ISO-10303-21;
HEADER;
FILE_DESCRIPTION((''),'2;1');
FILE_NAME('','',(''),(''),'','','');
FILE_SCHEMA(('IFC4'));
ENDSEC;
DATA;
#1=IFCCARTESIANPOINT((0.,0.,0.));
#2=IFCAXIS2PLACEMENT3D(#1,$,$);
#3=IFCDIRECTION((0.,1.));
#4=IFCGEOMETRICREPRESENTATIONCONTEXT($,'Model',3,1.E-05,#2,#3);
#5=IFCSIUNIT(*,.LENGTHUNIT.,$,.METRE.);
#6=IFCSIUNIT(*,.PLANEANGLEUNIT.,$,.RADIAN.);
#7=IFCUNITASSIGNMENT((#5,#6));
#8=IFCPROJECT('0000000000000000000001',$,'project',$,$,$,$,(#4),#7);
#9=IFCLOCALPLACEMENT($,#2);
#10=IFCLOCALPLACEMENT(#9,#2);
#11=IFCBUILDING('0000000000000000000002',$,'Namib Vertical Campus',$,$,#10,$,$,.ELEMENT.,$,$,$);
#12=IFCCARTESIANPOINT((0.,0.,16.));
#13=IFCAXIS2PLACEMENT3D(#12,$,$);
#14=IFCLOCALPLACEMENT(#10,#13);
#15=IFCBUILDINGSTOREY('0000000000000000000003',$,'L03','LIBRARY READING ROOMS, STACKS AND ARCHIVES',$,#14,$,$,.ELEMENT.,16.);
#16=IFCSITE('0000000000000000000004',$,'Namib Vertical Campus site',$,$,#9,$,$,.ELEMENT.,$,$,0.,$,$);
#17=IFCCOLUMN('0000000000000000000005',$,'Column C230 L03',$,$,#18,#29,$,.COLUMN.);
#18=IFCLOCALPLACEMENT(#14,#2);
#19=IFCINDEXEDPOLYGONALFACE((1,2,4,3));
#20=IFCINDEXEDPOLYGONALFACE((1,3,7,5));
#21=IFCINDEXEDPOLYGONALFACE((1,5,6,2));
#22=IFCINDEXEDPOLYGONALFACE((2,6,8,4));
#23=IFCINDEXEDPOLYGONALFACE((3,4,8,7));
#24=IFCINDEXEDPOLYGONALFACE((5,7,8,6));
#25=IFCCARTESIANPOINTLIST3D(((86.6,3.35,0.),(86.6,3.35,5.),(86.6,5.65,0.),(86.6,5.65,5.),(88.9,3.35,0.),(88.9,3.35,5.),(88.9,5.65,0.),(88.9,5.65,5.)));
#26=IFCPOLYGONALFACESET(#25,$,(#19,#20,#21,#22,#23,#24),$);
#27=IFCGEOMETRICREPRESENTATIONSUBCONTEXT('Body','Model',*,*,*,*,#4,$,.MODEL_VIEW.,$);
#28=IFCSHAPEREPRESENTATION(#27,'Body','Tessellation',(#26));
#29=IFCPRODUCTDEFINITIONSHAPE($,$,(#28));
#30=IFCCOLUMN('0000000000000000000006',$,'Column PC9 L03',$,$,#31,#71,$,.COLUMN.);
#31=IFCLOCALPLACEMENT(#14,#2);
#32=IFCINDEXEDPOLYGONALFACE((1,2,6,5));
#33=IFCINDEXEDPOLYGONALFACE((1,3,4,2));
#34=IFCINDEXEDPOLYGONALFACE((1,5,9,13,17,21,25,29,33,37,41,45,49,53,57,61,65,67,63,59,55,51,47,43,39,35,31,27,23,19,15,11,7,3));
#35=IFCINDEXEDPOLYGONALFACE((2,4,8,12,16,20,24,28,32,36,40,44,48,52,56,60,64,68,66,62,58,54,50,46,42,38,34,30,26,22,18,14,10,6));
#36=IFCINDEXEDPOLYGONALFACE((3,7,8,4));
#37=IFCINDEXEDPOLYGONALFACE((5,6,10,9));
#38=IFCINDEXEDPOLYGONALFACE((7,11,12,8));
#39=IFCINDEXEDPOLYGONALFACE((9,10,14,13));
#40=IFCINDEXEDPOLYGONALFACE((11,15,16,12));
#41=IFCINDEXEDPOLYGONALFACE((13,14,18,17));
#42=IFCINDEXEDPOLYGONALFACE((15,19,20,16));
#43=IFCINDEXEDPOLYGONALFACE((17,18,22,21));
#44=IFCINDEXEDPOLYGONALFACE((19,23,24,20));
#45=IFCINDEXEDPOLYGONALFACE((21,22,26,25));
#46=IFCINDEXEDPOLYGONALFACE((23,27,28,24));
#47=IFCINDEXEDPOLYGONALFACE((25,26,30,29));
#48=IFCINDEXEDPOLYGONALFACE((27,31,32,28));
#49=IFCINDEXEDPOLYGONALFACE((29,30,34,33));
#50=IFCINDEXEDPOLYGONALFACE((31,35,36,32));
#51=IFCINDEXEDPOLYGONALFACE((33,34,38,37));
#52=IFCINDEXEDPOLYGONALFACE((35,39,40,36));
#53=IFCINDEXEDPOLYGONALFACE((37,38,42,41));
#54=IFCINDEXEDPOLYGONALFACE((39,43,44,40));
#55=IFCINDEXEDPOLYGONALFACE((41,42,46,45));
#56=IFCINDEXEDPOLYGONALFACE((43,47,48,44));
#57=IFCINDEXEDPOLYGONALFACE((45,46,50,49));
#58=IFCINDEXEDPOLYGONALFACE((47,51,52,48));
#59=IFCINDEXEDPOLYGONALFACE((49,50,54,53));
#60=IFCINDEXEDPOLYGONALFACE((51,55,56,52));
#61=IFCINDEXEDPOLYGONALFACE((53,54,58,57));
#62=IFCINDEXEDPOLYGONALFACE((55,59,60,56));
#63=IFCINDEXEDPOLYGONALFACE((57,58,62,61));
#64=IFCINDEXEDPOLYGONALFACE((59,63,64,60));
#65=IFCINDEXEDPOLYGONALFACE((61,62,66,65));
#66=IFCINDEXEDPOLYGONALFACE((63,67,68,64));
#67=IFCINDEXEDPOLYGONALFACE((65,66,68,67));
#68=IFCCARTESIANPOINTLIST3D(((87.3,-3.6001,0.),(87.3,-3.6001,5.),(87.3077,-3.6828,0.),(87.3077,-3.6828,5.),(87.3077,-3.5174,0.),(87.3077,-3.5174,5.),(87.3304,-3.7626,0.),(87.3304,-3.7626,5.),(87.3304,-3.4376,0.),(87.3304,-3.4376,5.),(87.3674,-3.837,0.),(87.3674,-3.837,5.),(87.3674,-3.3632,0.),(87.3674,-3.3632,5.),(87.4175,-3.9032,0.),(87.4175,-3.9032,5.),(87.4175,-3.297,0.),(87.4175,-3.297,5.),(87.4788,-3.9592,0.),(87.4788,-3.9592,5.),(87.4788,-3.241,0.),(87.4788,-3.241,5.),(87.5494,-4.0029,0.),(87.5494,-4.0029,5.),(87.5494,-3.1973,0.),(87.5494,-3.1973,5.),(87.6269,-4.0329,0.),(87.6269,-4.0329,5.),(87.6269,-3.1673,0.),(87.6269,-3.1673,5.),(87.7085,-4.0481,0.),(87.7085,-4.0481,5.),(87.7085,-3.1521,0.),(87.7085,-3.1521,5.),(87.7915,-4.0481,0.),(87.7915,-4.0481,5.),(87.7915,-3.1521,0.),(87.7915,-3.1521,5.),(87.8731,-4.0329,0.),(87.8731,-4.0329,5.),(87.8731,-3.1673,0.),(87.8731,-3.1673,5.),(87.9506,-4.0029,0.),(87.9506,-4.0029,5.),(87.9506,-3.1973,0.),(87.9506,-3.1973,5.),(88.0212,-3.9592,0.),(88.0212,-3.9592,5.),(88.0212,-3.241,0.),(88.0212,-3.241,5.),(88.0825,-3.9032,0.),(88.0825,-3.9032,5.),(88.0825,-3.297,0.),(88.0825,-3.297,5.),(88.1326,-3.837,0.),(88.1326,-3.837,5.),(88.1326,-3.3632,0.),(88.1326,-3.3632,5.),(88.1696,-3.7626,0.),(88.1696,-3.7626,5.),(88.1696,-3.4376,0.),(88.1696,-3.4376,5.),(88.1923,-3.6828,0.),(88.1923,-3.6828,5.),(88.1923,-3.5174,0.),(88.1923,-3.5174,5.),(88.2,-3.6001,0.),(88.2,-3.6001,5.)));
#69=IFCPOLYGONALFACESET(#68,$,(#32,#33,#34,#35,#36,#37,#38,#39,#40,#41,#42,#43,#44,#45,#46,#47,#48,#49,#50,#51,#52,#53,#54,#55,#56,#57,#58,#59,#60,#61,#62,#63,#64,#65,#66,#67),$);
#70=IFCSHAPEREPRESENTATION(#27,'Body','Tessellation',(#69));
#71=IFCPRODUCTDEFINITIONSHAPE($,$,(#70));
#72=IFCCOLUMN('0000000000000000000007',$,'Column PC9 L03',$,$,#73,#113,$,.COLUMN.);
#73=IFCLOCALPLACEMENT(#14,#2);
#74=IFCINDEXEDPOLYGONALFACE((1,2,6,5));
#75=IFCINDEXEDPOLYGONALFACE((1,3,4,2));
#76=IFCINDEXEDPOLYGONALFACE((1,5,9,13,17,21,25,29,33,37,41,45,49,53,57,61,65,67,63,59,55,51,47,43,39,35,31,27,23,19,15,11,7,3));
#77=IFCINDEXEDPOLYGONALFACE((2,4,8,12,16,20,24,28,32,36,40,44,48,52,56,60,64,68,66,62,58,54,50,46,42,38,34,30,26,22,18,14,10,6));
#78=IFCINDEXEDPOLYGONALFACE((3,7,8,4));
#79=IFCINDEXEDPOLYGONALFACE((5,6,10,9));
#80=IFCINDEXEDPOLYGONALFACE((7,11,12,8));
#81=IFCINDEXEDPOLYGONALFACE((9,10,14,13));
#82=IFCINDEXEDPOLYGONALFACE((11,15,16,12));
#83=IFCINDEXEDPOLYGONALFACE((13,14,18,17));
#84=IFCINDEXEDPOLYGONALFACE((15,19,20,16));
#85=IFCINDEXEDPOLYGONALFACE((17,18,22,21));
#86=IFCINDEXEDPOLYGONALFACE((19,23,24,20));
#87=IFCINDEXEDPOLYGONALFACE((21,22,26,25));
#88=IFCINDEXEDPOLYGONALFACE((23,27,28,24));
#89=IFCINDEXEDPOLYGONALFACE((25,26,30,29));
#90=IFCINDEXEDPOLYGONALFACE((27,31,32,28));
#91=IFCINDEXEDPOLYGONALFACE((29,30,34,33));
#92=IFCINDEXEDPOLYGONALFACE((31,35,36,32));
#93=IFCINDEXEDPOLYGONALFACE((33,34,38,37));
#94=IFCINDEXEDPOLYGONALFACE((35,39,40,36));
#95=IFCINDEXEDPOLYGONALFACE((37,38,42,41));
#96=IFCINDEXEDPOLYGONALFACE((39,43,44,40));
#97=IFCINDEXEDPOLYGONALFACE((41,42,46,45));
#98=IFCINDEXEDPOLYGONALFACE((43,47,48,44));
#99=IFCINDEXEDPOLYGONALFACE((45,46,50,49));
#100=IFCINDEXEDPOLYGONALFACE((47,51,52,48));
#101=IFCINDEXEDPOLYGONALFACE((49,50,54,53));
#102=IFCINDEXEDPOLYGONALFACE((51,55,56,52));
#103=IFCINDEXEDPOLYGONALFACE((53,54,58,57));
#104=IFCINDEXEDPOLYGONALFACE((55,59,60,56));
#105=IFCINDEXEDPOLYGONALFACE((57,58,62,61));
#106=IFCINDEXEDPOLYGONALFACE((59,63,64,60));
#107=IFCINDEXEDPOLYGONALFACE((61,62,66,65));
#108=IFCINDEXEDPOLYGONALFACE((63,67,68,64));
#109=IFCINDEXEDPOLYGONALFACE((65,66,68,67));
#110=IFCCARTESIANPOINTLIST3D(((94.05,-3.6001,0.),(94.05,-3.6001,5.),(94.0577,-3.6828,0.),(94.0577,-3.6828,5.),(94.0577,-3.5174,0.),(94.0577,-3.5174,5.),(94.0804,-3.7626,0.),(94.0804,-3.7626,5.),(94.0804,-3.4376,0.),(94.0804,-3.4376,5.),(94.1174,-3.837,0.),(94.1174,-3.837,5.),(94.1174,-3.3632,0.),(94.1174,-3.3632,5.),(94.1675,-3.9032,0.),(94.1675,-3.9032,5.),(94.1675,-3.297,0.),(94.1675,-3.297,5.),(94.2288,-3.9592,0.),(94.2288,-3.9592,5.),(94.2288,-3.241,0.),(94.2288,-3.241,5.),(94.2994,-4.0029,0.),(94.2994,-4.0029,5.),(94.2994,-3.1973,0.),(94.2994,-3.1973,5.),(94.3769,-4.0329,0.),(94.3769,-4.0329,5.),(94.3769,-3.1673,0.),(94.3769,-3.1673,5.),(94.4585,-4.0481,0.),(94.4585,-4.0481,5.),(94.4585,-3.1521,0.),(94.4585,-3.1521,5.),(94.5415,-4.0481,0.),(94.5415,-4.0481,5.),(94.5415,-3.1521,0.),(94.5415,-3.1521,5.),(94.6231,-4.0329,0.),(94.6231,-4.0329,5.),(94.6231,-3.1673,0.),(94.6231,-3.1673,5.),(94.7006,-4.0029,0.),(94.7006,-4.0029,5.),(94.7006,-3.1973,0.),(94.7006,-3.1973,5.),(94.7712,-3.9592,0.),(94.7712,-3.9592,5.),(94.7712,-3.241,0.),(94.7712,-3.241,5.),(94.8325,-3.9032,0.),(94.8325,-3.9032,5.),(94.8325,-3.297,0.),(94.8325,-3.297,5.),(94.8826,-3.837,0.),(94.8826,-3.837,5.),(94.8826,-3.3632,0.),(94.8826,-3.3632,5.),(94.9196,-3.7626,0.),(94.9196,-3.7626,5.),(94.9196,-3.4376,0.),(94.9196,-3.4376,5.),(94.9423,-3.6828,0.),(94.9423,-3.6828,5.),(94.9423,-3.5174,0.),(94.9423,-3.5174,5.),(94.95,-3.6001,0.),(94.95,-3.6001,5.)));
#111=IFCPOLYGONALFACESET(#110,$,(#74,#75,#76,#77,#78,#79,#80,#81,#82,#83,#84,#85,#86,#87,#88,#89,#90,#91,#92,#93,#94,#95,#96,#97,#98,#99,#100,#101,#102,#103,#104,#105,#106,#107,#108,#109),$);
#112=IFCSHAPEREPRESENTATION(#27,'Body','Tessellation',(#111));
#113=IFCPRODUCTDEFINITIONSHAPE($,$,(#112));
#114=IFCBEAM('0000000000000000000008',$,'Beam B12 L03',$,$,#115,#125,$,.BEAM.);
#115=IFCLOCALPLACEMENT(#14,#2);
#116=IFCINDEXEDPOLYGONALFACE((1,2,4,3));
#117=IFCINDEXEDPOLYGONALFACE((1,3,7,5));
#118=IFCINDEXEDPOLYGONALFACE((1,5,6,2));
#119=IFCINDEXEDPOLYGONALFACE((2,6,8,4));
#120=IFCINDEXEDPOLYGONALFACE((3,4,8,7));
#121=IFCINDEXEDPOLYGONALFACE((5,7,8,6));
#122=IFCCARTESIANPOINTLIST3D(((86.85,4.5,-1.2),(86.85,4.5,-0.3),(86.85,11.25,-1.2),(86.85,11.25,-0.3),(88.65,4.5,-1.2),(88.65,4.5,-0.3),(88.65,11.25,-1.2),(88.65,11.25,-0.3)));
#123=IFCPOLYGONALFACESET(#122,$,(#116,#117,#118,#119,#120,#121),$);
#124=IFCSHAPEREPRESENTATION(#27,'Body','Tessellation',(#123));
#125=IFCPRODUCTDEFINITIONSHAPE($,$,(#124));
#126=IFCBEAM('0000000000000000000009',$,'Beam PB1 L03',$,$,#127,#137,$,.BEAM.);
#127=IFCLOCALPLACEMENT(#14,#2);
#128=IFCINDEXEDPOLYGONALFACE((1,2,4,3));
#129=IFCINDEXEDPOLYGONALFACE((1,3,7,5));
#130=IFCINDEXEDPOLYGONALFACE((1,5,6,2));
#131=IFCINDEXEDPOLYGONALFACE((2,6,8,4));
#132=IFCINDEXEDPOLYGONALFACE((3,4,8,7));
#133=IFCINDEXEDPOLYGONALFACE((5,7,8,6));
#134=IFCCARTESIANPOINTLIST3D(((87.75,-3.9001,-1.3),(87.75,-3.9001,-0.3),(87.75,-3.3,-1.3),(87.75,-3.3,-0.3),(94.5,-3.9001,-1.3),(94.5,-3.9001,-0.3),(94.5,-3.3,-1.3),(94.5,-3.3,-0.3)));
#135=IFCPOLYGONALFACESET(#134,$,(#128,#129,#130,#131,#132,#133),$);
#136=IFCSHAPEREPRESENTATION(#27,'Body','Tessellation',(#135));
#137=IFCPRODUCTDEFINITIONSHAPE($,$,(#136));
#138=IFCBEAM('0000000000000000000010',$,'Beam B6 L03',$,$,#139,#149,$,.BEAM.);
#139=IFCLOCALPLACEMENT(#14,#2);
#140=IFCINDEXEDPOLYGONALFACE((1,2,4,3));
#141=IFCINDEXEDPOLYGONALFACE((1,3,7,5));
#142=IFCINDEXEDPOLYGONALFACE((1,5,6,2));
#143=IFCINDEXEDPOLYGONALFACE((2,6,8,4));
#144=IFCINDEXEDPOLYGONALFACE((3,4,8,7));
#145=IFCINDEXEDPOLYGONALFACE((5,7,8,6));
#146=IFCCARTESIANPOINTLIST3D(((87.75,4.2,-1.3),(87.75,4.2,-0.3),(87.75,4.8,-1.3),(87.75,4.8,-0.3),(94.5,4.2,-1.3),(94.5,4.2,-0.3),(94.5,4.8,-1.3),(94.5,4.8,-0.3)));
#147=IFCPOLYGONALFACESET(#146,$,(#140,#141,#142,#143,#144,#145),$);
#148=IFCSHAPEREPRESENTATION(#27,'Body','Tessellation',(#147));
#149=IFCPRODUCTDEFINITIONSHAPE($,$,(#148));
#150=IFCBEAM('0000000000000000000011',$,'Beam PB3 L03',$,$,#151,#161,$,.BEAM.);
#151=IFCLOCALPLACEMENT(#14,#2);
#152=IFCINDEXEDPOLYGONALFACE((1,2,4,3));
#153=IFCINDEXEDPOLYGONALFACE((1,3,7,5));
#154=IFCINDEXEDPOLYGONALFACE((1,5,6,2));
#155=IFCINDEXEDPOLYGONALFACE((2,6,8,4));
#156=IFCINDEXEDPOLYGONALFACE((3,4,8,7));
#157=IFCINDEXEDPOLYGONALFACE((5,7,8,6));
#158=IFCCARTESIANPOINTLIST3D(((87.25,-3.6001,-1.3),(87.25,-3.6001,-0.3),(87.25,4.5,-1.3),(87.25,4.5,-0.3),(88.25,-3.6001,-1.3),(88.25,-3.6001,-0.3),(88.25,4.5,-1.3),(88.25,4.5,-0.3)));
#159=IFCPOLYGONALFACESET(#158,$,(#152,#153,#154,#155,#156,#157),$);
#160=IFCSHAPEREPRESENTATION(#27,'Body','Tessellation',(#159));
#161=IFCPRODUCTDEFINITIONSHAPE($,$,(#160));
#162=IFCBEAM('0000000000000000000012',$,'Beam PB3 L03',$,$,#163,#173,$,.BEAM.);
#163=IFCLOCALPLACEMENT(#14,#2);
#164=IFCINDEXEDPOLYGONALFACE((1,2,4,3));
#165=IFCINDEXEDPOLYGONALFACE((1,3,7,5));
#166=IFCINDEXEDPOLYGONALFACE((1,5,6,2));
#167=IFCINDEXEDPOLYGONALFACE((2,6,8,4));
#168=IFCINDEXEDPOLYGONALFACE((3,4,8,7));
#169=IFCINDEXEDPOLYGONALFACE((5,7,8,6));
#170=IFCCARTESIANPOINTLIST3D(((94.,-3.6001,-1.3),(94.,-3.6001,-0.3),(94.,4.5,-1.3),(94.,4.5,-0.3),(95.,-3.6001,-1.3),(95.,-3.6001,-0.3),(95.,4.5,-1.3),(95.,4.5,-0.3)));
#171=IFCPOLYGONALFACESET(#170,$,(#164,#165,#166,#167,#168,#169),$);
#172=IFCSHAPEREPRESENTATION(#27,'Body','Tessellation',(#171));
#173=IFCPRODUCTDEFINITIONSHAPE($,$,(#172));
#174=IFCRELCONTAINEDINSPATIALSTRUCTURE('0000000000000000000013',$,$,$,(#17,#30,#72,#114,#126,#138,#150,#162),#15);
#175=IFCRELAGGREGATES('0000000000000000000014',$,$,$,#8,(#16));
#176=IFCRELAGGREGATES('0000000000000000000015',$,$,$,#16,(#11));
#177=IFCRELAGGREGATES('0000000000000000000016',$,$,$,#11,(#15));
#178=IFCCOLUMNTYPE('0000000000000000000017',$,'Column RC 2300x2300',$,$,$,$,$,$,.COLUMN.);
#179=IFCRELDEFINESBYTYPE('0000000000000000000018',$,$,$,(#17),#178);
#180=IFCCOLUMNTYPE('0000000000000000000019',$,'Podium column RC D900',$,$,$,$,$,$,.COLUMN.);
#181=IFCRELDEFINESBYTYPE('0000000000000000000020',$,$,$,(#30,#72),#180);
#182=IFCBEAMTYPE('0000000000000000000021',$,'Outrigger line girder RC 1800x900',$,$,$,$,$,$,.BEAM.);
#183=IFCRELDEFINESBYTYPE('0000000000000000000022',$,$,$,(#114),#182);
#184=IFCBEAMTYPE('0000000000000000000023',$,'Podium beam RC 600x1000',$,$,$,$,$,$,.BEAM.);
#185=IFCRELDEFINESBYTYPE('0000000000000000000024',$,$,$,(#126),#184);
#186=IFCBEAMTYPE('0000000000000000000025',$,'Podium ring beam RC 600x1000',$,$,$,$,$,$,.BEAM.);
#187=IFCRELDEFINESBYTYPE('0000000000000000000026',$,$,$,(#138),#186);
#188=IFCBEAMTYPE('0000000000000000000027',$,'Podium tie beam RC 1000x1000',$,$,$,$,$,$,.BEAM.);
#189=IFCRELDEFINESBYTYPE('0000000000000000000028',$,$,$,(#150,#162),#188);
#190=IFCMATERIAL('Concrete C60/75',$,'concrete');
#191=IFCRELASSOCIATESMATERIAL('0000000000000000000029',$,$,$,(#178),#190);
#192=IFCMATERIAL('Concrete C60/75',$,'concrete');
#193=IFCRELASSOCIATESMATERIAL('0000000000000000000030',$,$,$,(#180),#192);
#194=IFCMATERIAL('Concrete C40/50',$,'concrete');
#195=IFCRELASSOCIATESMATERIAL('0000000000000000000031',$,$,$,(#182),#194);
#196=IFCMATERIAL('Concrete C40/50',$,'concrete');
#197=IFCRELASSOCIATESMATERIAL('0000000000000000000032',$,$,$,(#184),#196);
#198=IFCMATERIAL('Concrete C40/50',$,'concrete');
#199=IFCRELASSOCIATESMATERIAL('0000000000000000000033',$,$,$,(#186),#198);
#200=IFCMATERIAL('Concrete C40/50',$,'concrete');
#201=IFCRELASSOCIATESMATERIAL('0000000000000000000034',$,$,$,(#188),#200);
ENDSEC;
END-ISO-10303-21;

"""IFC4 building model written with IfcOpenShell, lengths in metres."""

from ifc_helpers import new_model, si_unit, direction, frame, origin, origin_2d, place, context, subcontext, project, spatial, rectangle, circle, extrude, material, material_profile, profile_set, type_object, element, save


model = new_model("IFC4")

# Units and contexts
model_context = context("Model", 3, precision=1e-05, world=origin(), true_north=direction((0.0, 1.0)))
body_context = subcontext(model_context, "Body", "Model", "MODEL_VIEW")
ifc_project = project(units=[si_unit("LENGTHUNIT", "METRE"), si_unit("PLANEANGLEUNIT", "RADIAN")], contexts=[model_context])

# Site, building, storey
site_placement = place(None, origin())
site = spatial("IfcSite", under=ifc_project, at=site_placement, Name="Namib Vertical Campus site", CompositionType="ELEMENT", RefElevation=0.0)
building_placement = place(site_placement, origin())
building = spatial("IfcBuilding", under=site, at=building_placement, Name="Namib Vertical Campus", CompositionType="ELEMENT")
storey_placement = place(building_placement, frame((0.0, 0.0, 16.0)))
storey = spatial("IfcBuildingStorey", under=building, at=storey_placement, Name="L03", Description="LIBRARY READING ROOMS, STACKS AND ARCHIVES", CompositionType="ELEMENT", Elevation=16.0)

# Columns
ifc_material_1 = material(Name="Concrete C60/75", Category="concrete")
ifc_material_profile_1 = material_profile(ifc_material_1, rectangle(XDim=2.3, YDim=2.3, at=origin_2d()))
ifc_profile_set_1 = profile_set([ifc_material_profile_1], Name="Concrete C60/75")
column_type_1 = type_object("IfcColumnType", Name="Column RC 2300x2300", PredefinedType="COLUMN", material=ifc_profile_set_1)
column_placement = place(storey_placement, frame((87.75, 4.5, 0.0), z_axis=(0.0, 0.0, 1.0), x_axis=(1.0, 0.0, 0.0)))
element("IfcColumn", 1, at=column_placement, inside=storey, type_object=column_type_1, Name="Column C230 L03", PredefinedType="COLUMN", context=body_context, shape_type="SweptSolid", body=[
    extrude(rectangle(XDim=2.3, YDim=2.3, at=origin_2d()), origin(), (0.0, 0.0, 1.0), 5.0),
])
ifc_material_2 = material(Name="Concrete C60/75", Category="concrete")
ifc_material_profile_2 = material_profile(ifc_material_2, circle(Radius=0.45, at=origin_2d()))
ifc_profile_set_2 = profile_set([ifc_material_profile_2], Name="Concrete C60/75")
column_type_2 = type_object("IfcColumnType", Name="Podium column RC D900", PredefinedType="COLUMN", material=ifc_profile_set_2)
for number, where, z_axis, x_axis, name in (
    (2, (87.75, -3.6001, 0.0), (0.0, 0.0, 1.0), (1.0, 0.0, 0.0), "Column PC9 L03"),
    (3, (94.5, -3.6001, 0.0), (0.0, 0.0, 1.0), (1.0, 0.0, 0.0), "Column PC9 L03"),
):
    element("IfcColumn", number, at=place(storey_placement, frame(where, z_axis=z_axis, x_axis=x_axis)), inside=storey, type_object=column_type_2, Name=name, PredefinedType="COLUMN", context=body_context, shape_type="SweptSolid", body=[
        extrude(circle(Radius=0.45, at=origin_2d()), origin(), (0.0, 0.0, 1.0), 5.0),
    ])

# Beams
ifc_material_3 = material(Name="Concrete C40/50", Category="concrete")
ifc_material_profile_3 = material_profile(ifc_material_3, rectangle(XDim=1.8, YDim=0.8999, at=origin_2d()))
ifc_profile_set_3 = profile_set([ifc_material_profile_3], Name="Concrete C40/50")
beam_type_1 = type_object("IfcBeamType", Name="Outrigger line girder RC 1800x900", PredefinedType="BEAM", material=ifc_profile_set_3)
beam_1_placement = place(storey_placement, frame((87.75, 4.5, -0.75), z_axis=(0.0, 1.0, 0.0), x_axis=(-1.0, 0.0, 0.0)))
element("IfcBeam", 4, at=beam_1_placement, inside=storey, type_object=beam_type_1, Name="Beam B12 L03", PredefinedType="BEAM", context=body_context, shape_type="SweptSolid", body=[
    extrude(rectangle(XDim=1.8, YDim=0.8999, at=origin_2d()), origin(), (0.0, 0.0, 1.0), 6.75),
])
ifc_material_4 = material(Name="Concrete C40/50", Category="concrete")
ifc_material_profile_4 = material_profile(ifc_material_4, rectangle(XDim=0.6001, YDim=1.0, at=origin_2d()))
ifc_profile_set_4 = profile_set([ifc_material_profile_4], Name="Concrete C40/50")
beam_type_2 = type_object("IfcBeamType", Name="Podium beam RC 600x1000", PredefinedType="BEAM", material=ifc_profile_set_4)
beam_2_placement = place(storey_placement, frame((87.75, -3.6001, -0.8), z_axis=(1.0, 0.0, 0.0), x_axis=(0.0, 1.0, 0.0)))
element("IfcBeam", 5, at=beam_2_placement, inside=storey, type_object=beam_type_2, Name="Beam PB1 L03", PredefinedType="BEAM", context=body_context, shape_type="SweptSolid", body=[
    extrude(rectangle(XDim=0.6001, YDim=1.0, at=origin_2d()), origin(), (0.0, 0.0, 1.0), 6.75),
])
ifc_material_5 = material(Name="Concrete C40/50", Category="concrete")
ifc_material_profile_5 = material_profile(ifc_material_5, rectangle(XDim=0.6001, YDim=1.0, at=origin_2d()))
ifc_profile_set_5 = profile_set([ifc_material_profile_5], Name="Concrete C40/50")
beam_type_3 = type_object("IfcBeamType", Name="Podium ring beam RC 600x1000", PredefinedType="BEAM", material=ifc_profile_set_5)
beam_3_placement = place(storey_placement, frame((87.75, 4.5, -0.8), z_axis=(1.0, 0.0, 0.0), x_axis=(0.0, 1.0, 0.0)))
element("IfcBeam", 6, at=beam_3_placement, inside=storey, type_object=beam_type_3, Name="Beam B6 L03", PredefinedType="BEAM", context=body_context, shape_type="SweptSolid", body=[
    extrude(rectangle(XDim=0.6001, YDim=1.0, at=origin_2d()), origin(), (0.0, 0.0, 1.0), 6.75),
])
ifc_material_6 = material(Name="Concrete C40/50", Category="concrete")
ifc_material_profile_6 = material_profile(ifc_material_6, rectangle(XDim=1.0, YDim=1.0, at=origin_2d()))
ifc_profile_set_6 = profile_set([ifc_material_profile_6], Name="Concrete C40/50")
beam_type_4 = type_object("IfcBeamType", Name="Podium tie beam RC 1000x1000", PredefinedType="BEAM", material=ifc_profile_set_6)
for number, where, z_axis, x_axis, name in (
    (7, (87.75, -3.6001, -0.8), (0.0, 1.0, 0.0), (-1.0, 0.0, 0.0), "Beam PB3 L03"),
    (8, (94.5, -3.6001, -0.8), (0.0, 1.0, 0.0), (-1.0, 0.0, 0.0), "Beam PB3 L03"),
):
    element("IfcBeam", number, at=place(storey_placement, frame(where, z_axis=z_axis, x_axis=x_axis)), inside=storey, type_object=beam_type_4, Name=name, PredefinedType="BEAM", context=body_context, shape_type="SweptSolid", body=[
        extrude(rectangle(XDim=1.0, YDim=1.0, at=origin_2d()), origin(), (0.0, 0.0, 1.0), 8.1001),
    ])

save(model, "model.ifc")
